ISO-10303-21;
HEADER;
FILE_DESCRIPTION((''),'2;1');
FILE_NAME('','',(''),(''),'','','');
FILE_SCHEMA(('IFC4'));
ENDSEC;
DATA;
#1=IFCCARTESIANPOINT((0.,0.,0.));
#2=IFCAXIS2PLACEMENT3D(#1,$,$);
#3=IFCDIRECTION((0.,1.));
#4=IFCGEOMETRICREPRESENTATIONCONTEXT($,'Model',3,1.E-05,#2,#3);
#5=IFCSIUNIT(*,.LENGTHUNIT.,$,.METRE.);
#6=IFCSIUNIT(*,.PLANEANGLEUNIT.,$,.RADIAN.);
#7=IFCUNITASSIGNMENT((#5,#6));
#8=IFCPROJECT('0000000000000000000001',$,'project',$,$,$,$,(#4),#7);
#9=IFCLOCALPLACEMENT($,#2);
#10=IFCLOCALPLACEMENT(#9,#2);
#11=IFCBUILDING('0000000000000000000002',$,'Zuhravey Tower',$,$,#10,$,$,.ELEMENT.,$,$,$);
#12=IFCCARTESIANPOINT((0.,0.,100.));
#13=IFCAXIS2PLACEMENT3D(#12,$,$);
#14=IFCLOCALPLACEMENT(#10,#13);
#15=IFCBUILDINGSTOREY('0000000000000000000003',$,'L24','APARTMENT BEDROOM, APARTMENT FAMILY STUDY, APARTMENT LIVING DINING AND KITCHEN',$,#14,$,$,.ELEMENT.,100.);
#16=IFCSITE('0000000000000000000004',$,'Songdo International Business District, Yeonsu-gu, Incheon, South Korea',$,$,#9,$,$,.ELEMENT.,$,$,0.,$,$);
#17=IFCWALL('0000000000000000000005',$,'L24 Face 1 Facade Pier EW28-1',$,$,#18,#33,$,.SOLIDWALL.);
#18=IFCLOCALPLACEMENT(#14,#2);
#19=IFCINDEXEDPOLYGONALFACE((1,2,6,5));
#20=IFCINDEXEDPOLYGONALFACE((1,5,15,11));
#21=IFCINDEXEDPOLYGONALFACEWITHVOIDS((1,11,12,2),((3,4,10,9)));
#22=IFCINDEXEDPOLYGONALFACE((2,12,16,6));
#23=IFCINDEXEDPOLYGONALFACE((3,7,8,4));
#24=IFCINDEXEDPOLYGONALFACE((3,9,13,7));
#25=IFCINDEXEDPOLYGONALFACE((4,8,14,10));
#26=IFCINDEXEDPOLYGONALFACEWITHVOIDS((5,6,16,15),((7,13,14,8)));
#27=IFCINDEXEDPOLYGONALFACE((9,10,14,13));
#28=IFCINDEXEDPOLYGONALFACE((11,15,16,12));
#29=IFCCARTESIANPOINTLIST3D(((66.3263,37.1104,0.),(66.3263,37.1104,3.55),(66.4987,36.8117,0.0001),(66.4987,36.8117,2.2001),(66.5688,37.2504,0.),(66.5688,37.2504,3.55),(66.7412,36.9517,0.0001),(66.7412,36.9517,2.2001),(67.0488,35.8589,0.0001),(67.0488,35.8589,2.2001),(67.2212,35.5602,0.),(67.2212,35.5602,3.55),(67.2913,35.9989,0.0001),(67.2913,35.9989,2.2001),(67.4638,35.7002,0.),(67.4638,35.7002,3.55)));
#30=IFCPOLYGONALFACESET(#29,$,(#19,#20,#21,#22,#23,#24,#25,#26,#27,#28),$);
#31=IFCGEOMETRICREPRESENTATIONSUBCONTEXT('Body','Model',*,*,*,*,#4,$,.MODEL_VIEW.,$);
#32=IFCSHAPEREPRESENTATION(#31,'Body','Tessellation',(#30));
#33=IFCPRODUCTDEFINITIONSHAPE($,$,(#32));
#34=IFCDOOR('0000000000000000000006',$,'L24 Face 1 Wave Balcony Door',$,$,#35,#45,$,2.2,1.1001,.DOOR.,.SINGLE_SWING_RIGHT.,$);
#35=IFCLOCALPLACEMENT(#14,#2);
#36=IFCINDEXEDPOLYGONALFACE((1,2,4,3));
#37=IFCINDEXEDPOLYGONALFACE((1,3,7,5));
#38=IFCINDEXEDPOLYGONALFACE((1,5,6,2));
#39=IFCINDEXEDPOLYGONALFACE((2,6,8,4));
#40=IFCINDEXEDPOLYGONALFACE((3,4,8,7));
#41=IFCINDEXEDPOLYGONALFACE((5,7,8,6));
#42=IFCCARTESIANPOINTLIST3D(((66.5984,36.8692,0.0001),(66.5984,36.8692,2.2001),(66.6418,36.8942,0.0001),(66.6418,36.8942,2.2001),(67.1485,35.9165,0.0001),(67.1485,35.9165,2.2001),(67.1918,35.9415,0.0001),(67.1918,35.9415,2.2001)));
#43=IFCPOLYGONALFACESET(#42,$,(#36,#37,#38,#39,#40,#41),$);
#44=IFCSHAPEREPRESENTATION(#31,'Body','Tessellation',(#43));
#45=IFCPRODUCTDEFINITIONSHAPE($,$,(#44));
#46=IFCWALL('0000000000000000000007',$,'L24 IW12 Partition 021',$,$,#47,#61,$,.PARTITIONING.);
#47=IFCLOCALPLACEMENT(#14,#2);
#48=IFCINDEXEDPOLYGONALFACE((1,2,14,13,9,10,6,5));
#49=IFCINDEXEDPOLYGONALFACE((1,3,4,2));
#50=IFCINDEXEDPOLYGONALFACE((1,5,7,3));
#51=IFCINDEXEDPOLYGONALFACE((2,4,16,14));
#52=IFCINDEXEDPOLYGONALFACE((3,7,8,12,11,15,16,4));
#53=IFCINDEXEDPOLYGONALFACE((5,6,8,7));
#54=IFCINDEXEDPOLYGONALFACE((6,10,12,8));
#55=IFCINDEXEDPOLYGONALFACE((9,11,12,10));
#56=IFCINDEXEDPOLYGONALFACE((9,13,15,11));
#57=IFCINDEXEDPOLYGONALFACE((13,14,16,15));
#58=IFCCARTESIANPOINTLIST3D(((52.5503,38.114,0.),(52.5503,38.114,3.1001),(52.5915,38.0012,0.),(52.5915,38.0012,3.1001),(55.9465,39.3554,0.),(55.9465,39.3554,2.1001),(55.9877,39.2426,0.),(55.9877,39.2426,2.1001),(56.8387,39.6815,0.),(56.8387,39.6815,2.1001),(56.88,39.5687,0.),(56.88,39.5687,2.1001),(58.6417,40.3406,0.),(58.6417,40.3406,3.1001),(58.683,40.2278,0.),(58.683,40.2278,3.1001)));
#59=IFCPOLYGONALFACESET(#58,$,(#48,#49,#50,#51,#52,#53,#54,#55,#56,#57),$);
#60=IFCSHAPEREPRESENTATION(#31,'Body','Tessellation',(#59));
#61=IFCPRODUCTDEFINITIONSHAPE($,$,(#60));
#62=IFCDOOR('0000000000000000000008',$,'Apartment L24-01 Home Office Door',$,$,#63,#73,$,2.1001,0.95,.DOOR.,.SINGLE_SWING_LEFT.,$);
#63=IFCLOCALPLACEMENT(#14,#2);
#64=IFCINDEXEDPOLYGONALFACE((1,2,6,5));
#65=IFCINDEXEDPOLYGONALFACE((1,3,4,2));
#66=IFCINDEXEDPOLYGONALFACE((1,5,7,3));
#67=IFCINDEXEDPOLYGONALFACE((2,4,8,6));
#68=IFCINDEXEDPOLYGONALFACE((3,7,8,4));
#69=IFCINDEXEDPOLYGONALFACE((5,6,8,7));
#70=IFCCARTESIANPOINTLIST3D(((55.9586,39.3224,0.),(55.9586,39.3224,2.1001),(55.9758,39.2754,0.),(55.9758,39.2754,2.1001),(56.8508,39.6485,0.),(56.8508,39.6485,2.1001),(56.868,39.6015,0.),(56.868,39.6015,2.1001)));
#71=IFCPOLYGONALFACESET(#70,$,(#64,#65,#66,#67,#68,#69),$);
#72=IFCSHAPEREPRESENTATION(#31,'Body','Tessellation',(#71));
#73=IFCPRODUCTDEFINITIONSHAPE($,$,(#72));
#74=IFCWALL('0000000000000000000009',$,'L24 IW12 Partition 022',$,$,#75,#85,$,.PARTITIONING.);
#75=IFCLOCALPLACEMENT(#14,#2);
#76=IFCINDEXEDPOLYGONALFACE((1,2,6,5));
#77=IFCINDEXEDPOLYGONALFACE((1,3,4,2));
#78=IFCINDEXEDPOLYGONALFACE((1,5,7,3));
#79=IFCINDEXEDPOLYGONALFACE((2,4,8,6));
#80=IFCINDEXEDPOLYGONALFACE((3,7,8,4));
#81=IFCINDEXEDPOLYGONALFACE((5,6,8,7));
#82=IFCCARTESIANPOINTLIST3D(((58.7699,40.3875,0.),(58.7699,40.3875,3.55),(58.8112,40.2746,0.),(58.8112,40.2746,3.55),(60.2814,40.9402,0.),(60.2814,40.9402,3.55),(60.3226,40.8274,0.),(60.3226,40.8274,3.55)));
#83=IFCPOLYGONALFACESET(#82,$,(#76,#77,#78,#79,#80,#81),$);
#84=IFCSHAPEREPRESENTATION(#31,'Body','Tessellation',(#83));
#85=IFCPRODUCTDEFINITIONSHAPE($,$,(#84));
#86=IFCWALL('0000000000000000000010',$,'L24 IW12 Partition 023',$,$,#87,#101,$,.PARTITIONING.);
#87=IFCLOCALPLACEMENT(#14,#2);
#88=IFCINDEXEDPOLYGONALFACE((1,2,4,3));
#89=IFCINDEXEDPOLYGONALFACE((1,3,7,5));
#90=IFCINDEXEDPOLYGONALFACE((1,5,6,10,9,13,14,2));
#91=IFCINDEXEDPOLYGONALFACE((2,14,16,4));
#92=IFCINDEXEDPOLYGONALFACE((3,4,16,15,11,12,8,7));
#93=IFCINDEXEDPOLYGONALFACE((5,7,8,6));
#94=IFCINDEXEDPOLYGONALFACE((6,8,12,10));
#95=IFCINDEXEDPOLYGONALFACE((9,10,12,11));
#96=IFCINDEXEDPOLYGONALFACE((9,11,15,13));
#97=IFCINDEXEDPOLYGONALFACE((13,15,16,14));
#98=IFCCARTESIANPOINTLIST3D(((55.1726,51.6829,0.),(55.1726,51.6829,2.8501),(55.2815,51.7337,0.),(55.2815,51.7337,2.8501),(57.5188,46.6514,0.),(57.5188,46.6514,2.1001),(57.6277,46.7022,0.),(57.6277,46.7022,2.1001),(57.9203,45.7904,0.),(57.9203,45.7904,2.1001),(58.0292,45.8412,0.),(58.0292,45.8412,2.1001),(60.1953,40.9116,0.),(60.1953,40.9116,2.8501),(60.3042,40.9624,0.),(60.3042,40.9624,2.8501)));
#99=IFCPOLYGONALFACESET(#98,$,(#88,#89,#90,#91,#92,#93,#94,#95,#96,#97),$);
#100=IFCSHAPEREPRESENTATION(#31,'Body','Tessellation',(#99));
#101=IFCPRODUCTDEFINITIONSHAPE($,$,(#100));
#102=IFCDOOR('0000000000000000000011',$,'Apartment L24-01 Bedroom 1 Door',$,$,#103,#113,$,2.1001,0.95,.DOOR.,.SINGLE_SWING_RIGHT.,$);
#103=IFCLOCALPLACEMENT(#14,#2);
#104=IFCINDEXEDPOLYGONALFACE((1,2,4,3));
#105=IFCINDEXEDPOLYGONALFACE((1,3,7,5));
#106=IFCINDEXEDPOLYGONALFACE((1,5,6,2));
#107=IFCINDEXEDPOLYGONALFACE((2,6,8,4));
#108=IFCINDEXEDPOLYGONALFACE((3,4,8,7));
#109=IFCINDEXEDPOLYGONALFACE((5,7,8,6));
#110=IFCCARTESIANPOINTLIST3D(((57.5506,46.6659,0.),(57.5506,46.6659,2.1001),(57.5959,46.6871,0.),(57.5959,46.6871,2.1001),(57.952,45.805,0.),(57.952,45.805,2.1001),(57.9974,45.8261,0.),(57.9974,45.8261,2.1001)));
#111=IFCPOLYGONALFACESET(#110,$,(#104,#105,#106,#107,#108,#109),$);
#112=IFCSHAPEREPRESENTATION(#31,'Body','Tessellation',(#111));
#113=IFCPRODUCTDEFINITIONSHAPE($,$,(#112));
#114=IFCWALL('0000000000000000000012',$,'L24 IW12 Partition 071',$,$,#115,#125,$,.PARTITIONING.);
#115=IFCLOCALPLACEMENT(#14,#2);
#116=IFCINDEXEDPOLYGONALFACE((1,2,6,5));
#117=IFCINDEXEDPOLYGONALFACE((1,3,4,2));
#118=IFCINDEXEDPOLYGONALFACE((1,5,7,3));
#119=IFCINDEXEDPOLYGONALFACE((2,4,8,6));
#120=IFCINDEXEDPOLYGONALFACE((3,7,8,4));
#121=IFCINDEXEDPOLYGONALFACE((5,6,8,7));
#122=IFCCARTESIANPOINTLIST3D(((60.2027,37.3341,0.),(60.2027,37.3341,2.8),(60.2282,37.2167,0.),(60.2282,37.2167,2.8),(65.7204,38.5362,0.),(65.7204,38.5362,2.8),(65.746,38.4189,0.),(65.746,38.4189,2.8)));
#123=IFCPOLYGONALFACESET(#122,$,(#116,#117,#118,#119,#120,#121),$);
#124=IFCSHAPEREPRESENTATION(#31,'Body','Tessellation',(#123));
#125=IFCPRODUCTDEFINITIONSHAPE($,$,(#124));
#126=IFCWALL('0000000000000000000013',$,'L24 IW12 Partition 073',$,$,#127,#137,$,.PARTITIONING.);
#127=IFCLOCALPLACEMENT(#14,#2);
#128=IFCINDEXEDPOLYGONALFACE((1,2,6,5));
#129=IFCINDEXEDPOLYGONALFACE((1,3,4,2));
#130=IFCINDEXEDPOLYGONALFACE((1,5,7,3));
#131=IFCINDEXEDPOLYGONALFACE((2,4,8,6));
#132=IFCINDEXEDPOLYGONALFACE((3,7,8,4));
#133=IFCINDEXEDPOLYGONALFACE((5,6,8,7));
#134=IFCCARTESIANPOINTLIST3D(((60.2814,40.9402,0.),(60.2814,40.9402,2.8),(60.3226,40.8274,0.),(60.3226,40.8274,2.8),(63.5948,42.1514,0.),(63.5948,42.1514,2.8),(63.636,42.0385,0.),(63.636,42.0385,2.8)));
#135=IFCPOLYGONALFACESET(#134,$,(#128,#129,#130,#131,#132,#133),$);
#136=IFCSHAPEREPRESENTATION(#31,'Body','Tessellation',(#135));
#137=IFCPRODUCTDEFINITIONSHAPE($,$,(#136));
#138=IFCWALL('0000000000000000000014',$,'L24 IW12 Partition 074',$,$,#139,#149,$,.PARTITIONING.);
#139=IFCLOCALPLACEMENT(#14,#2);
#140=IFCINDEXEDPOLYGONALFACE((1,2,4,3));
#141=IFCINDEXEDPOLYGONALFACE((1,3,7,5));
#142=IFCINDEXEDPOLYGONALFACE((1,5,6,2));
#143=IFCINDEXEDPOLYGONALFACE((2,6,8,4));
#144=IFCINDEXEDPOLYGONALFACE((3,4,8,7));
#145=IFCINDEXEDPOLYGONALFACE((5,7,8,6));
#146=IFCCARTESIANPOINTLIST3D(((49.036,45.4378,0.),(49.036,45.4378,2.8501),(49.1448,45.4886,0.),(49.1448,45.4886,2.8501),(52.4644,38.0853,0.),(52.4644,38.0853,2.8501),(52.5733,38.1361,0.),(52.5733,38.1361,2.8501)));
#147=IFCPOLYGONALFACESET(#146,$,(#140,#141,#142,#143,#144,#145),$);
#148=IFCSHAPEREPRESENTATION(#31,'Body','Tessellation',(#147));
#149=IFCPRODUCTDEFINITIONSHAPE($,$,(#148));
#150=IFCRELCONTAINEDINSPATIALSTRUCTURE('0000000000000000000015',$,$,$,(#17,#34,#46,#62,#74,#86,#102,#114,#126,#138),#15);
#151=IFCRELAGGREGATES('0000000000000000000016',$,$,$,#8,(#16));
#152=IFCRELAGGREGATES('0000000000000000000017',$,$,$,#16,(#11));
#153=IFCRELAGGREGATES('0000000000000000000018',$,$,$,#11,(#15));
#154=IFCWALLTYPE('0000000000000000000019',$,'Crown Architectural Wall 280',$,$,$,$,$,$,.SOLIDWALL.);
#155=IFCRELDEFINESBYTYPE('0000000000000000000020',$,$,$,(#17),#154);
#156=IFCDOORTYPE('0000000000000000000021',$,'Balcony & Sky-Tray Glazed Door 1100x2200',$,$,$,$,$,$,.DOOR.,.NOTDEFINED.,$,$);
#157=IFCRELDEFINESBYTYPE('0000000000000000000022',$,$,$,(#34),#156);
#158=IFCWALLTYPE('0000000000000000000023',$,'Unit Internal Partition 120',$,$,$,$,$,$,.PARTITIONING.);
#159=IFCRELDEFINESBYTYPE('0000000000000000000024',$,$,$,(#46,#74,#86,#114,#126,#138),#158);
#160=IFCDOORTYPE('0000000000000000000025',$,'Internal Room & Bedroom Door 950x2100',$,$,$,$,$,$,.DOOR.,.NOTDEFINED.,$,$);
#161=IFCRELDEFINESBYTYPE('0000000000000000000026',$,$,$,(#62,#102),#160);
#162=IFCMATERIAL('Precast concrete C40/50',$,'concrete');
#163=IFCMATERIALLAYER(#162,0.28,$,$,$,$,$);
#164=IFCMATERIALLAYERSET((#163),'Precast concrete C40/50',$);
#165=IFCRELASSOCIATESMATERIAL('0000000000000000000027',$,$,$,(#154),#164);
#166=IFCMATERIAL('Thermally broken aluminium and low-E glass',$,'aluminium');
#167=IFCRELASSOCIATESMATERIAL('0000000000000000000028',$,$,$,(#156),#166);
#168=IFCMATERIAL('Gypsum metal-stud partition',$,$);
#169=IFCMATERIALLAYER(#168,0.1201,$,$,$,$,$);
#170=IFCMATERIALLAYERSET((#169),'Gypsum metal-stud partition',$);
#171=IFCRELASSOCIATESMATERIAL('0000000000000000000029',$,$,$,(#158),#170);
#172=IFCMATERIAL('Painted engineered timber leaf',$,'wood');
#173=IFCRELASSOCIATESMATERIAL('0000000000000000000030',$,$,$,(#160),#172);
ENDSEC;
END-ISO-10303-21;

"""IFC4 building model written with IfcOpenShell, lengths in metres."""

from ifc_helpers import new_model, si_unit, direction, frame, frame_2d, origin, place, context, subcontext, project, spatial, rectangle, extrude, material, layer, layer_set, type_object, element, fill, save


model = new_model("IFC4")

# Units and contexts
model_context = context("Model", 3, precision=1e-05, world=origin(), true_north=direction((0.0, 1.0)))
body_context = subcontext(model_context, "Body", "Model", "MODEL_VIEW")
ifc_project = project(units=[si_unit("LENGTHUNIT", "METRE"), si_unit("PLANEANGLEUNIT", "RADIAN")], contexts=[model_context])

# Site, building, storey
site_placement = place(None, origin())
site = spatial("IfcSite", under=ifc_project, at=site_placement, Name="Songdo International Business District, Yeonsu-gu, Incheon, South Korea", CompositionType="ELEMENT", RefElevation=0.0)
building_placement = place(site_placement, origin())
building = spatial("IfcBuilding", under=site, at=building_placement, Name="Zuhravey Tower", CompositionType="ELEMENT")
storey_placement = place(building_placement, frame((0.0, 0.0, 100.0)))
storey = spatial("IfcBuildingStorey", under=building, at=storey_placement, Name="L24", Description="APARTMENT BEDROOM, APARTMENT FAMILY STUDY, APARTMENT LIVING DINING AND KITCHEN", CompositionType="ELEMENT", Elevation=100.0)

# Walls, openings, doors
ifc_material_1 = material(Name="Precast concrete C40/50", Category="concrete")
ifc_layer_1 = layer(ifc_material_1, 0.28)
ifc_layer_set_1 = layer_set([ifc_layer_1], Name="Precast concrete C40/50")
wall_type_1 = type_object("IfcWallType", Name="Crown Architectural Wall 280", PredefinedType="SOLIDWALL", material=ifc_layer_set_1)
wall_1_placement = place(storey_placement, frame((66.4475, 37.1804, 0.0), z_axis=(0.0, 0.0, 1.0), x_axis=(0.499982, -0.866036, 0.0)))
wall_1 = element("IfcWall", 1, at=wall_1_placement, inside=storey, type_object=wall_type_1, Name="L24 Face 1 Facade Pier EW28-1", PredefinedType="SOLIDWALL", context=body_context, shape_type="SweptSolid", body=[
    extrude(rectangle(XDim=1.79, YDim=0.28, at=frame_2d((0.895, 0.0))), origin(), (0.0, 0.0, 1.0), 3.55),
])
opening_1_placement = place(wall_1_placement, frame((0.345, 0.0, 0.0)))
opening_1 = element("IfcOpeningElement", 2, at=opening_1_placement, cuts=wall_1, PredefinedType="OPENING", context=body_context, shape_type="SweptSolid", body=[
    extrude(rectangle(XDim=1.1001, YDim=2.2, at=frame_2d((0.55, 1.1001))), frame((0.0, 0.1521, 0.0), z_axis=(0.0, -1.0, 0.0), x_axis=(1.0, 0.0, 0.0)), (0.0, 0.0, 1.0), 0.304),
])
ifc_material_2 = material(Name="Thermally broken aluminium and low-E glass", Category="aluminium")
door_type_1 = type_object("IfcDoorType", Name="Balcony & Sky-Tray Glazed Door 1100x2200", OperationType="NOTDEFINED", PredefinedType="DOOR", material=ifc_material_2)
door_1_placement = place(opening_1_placement, frame((1.1001, 0.0, 0.0), z_axis=(0.0, 0.0, 1.0), x_axis=(-1.0, 0.0, 0.0)))
door_1 = element("IfcDoor", 3, at=door_1_placement, inside=storey, type_object=door_type_1, Name="L24 Face 1 Wave Balcony Door", OperationType="SINGLE_SWING_RIGHT", OverallHeight=2.2, OverallWidth=1.1001, PredefinedType="DOOR", context=body_context, shape_type="SweptSolid", body=[
    extrude(rectangle(XDim=1.1001, YDim=2.2, at=frame_2d((0.55, 1.1001))), frame((0.0, 0.0249, 0.0), z_axis=(0.0, -1.0, 0.0), x_axis=(1.0, 0.0, 0.0)), (0.0, 0.0, 1.0), 0.05),
])
fill(opening_1, door_1)
ifc_material_3 = material(Name="Gypsum metal-stud partition")
ifc_layer_2 = layer(ifc_material_3, 0.1201)
ifc_layer_set_2 = layer_set([ifc_layer_2], Name="Gypsum metal-stud partition")
wall_type_2 = type_object("IfcWallType", Name="Unit Internal Partition 120", PredefinedType="PARTITIONING", material=ifc_layer_set_2)
wall_2_placement = place(storey_placement, frame((52.571, 38.0576, 0.0), z_axis=(0.0, 0.0, 1.0), x_axis=(0.939221, 0.343314, 0.0)))
wall_2 = element("IfcWall", 4, at=wall_2_placement, inside=storey, type_object=wall_type_2, Name="L24 IW12 Partition 021", PredefinedType="PARTITIONING", context=body_context, shape_type="SweptSolid", body=[
    extrude(rectangle(XDim=6.4856, YDim=0.1201, at=frame_2d((3.2427, 0.0))), origin(), (0.0, 0.0, 1.0), 3.1001),
])
opening_2_placement = place(wall_2_placement, frame((3.6157, 0.0, 0.0)))
opening_2 = element("IfcOpeningElement", 5, at=opening_2_placement, cuts=wall_2, PredefinedType="OPENING", context=body_context, shape_type="SweptSolid", body=[
    extrude(rectangle(XDim=0.95, YDim=2.1001, at=frame_2d((0.4751, 1.05))), frame((0.0, 0.072, 0.0), z_axis=(0.0, -1.0, 0.0), x_axis=(1.0, 0.0, 0.0)), (0.0, 0.0, 1.0), 0.144),
])
ifc_material_4 = material(Name="Painted engineered timber leaf", Category="wood")
door_type_2 = type_object("IfcDoorType", Name="Internal Room & Bedroom Door 950x2100", OperationType="NOTDEFINED", PredefinedType="DOOR", material=ifc_material_4)
door_2_placement = place(opening_2_placement, origin())
door_2 = element("IfcDoor", 6, at=door_2_placement, inside=storey, type_object=door_type_2, Name="Apartment L24-01 Home Office Door", OperationType="SINGLE_SWING_LEFT", OverallHeight=2.1001, OverallWidth=0.95, PredefinedType="DOOR", context=body_context, shape_type="SweptSolid", body=[
    extrude(rectangle(XDim=0.95, YDim=2.1001, at=frame_2d((0.4751, 1.05))), frame((0.0, 0.0249, 0.0), z_axis=(0.0, -1.0, 0.0), x_axis=(1.0, 0.0, 0.0)), (0.0, 0.0, 1.0), 0.05),
])
fill(opening_2, door_2)

# Wall
wall_3_placement = place(storey_placement, frame((58.7905, 40.3311, 0.0), z_axis=(0.0, 0.0, 1.0), x_axis=(0.939172, 0.343448, 0.0)))
element("IfcWall", 7, at=wall_3_placement, inside=storey, type_object=wall_type_2, Name="L24 IW12 Partition 022", PredefinedType="PARTITIONING", context=body_context, shape_type="SweptSolid", body=[
    extrude(rectangle(XDim=1.6094, YDim=0.1201, at=frame_2d((0.8047, 0.0))), origin(), (0.0, 0.0, 1.0), 3.55),
])

# Wall, opening, door
wall_4_placement = place(storey_placement, frame((60.2498, 40.937, 0.0), z_axis=(0.0, 0.0, 1.0), x_axis=(-0.422618, 0.906308, 0.0)))
wall_4 = element("IfcWall", 8, at=wall_4_placement, inside=storey, type_object=wall_type_2, Name="L24 IW12 Partition 023", PredefinedType="PARTITIONING", context=body_context, shape_type="SweptSolid", body=[
    extrude(rectangle(XDim=11.8848, YDim=0.1201, at=frame_2d((5.9424, 0.0))), origin(), (0.0, 0.0, 1.0), 2.8501),
])
opening_3_placement = place(wall_4_placement, frame((5.3831, 0.0, 0.0)))
opening_3 = element("IfcOpeningElement", 9, at=opening_3_placement, cuts=wall_4, PredefinedType="OPENING", context=body_context, shape_type="SweptSolid", body=[
    extrude(rectangle(XDim=0.95, YDim=2.1001, at=frame_2d((0.4751, 1.05))), frame((0.0, 0.072, 0.0), z_axis=(0.0, -1.0, 0.0), x_axis=(1.0, 0.0, 0.0)), (0.0, 0.0, 1.0), 0.144),
])
door_3_placement = place(opening_3_placement, frame((0.95, 0.0, 0.0), z_axis=(0.0, 0.0, 1.0), x_axis=(-1.0, 0.0, 0.0)))
door_3 = element("IfcDoor", 10, at=door_3_placement, inside=storey, type_object=door_type_2, Name="Apartment L24-01 Bedroom 1 Door", OperationType="SINGLE_SWING_RIGHT", OverallHeight=2.1001, OverallWidth=0.95, PredefinedType="DOOR", context=body_context, shape_type="SweptSolid", body=[
    extrude(rectangle(XDim=0.95, YDim=2.1001, at=frame_2d((0.4751, 1.05))), frame((0.0, 0.0249, 0.0), z_axis=(0.0, -1.0, 0.0), x_axis=(1.0, 0.0, 0.0)), (0.0, 0.0, 1.0), 0.05),
])
fill(opening_3, door_3)

# Walls
wall_5_placement = place(storey_placement, frame((60.2153, 37.2754, 0.0), z_axis=(0.0, 0.0, 1.0), x_axis=(0.97708, 0.212873, 0.0)))
element("IfcWall", 11, at=wall_5_placement, inside=storey, type_object=wall_type_2, Name="L24 IW12 Partition 071", PredefinedType="PARTITIONING", context=body_context, shape_type="SweptSolid", body=[
    extrude(rectangle(XDim=5.6472, YDim=0.1201, at=frame_2d((2.8237, 0.0))), origin(), (0.0, 0.0, 1.0), 2.8),
])
wall_6_placement = place(storey_placement, frame((60.302, 40.8838, 0.0), z_axis=(0.0, 0.0, 1.0), x_axis=(0.93922, 0.343315, 0.0)))
element("IfcWall", 12, at=wall_6_placement, inside=storey, type_object=wall_type_2, Name="L24 IW12 Partition 073", PredefinedType="PARTITIONING", context=body_context, shape_type="SweptSolid", body=[
    extrude(rectangle(XDim=3.5278, YDim=0.1201, at=frame_2d((1.7639, 0.0))), origin(), (0.0, 0.0, 1.0), 2.8),
])
wall_7_placement = place(storey_placement, frame((52.5188, 38.1108, 0.0), z_axis=(0.0, 0.0, 1.0), x_axis=(-0.42261, 0.906311, 0.0)))
element("IfcWall", 13, at=wall_7_placement, inside=storey, type_object=wall_type_2, Name="L24 IW12 Partition 074", PredefinedType="PARTITIONING", context=body_context, shape_type="SweptSolid", body=[
    extrude(rectangle(XDim=8.1125, YDim=0.1201, at=frame_2d((4.0562, 0.0))), origin(), (0.0, 0.0, 1.0), 2.8501),
])

save(model, "model.ifc")
